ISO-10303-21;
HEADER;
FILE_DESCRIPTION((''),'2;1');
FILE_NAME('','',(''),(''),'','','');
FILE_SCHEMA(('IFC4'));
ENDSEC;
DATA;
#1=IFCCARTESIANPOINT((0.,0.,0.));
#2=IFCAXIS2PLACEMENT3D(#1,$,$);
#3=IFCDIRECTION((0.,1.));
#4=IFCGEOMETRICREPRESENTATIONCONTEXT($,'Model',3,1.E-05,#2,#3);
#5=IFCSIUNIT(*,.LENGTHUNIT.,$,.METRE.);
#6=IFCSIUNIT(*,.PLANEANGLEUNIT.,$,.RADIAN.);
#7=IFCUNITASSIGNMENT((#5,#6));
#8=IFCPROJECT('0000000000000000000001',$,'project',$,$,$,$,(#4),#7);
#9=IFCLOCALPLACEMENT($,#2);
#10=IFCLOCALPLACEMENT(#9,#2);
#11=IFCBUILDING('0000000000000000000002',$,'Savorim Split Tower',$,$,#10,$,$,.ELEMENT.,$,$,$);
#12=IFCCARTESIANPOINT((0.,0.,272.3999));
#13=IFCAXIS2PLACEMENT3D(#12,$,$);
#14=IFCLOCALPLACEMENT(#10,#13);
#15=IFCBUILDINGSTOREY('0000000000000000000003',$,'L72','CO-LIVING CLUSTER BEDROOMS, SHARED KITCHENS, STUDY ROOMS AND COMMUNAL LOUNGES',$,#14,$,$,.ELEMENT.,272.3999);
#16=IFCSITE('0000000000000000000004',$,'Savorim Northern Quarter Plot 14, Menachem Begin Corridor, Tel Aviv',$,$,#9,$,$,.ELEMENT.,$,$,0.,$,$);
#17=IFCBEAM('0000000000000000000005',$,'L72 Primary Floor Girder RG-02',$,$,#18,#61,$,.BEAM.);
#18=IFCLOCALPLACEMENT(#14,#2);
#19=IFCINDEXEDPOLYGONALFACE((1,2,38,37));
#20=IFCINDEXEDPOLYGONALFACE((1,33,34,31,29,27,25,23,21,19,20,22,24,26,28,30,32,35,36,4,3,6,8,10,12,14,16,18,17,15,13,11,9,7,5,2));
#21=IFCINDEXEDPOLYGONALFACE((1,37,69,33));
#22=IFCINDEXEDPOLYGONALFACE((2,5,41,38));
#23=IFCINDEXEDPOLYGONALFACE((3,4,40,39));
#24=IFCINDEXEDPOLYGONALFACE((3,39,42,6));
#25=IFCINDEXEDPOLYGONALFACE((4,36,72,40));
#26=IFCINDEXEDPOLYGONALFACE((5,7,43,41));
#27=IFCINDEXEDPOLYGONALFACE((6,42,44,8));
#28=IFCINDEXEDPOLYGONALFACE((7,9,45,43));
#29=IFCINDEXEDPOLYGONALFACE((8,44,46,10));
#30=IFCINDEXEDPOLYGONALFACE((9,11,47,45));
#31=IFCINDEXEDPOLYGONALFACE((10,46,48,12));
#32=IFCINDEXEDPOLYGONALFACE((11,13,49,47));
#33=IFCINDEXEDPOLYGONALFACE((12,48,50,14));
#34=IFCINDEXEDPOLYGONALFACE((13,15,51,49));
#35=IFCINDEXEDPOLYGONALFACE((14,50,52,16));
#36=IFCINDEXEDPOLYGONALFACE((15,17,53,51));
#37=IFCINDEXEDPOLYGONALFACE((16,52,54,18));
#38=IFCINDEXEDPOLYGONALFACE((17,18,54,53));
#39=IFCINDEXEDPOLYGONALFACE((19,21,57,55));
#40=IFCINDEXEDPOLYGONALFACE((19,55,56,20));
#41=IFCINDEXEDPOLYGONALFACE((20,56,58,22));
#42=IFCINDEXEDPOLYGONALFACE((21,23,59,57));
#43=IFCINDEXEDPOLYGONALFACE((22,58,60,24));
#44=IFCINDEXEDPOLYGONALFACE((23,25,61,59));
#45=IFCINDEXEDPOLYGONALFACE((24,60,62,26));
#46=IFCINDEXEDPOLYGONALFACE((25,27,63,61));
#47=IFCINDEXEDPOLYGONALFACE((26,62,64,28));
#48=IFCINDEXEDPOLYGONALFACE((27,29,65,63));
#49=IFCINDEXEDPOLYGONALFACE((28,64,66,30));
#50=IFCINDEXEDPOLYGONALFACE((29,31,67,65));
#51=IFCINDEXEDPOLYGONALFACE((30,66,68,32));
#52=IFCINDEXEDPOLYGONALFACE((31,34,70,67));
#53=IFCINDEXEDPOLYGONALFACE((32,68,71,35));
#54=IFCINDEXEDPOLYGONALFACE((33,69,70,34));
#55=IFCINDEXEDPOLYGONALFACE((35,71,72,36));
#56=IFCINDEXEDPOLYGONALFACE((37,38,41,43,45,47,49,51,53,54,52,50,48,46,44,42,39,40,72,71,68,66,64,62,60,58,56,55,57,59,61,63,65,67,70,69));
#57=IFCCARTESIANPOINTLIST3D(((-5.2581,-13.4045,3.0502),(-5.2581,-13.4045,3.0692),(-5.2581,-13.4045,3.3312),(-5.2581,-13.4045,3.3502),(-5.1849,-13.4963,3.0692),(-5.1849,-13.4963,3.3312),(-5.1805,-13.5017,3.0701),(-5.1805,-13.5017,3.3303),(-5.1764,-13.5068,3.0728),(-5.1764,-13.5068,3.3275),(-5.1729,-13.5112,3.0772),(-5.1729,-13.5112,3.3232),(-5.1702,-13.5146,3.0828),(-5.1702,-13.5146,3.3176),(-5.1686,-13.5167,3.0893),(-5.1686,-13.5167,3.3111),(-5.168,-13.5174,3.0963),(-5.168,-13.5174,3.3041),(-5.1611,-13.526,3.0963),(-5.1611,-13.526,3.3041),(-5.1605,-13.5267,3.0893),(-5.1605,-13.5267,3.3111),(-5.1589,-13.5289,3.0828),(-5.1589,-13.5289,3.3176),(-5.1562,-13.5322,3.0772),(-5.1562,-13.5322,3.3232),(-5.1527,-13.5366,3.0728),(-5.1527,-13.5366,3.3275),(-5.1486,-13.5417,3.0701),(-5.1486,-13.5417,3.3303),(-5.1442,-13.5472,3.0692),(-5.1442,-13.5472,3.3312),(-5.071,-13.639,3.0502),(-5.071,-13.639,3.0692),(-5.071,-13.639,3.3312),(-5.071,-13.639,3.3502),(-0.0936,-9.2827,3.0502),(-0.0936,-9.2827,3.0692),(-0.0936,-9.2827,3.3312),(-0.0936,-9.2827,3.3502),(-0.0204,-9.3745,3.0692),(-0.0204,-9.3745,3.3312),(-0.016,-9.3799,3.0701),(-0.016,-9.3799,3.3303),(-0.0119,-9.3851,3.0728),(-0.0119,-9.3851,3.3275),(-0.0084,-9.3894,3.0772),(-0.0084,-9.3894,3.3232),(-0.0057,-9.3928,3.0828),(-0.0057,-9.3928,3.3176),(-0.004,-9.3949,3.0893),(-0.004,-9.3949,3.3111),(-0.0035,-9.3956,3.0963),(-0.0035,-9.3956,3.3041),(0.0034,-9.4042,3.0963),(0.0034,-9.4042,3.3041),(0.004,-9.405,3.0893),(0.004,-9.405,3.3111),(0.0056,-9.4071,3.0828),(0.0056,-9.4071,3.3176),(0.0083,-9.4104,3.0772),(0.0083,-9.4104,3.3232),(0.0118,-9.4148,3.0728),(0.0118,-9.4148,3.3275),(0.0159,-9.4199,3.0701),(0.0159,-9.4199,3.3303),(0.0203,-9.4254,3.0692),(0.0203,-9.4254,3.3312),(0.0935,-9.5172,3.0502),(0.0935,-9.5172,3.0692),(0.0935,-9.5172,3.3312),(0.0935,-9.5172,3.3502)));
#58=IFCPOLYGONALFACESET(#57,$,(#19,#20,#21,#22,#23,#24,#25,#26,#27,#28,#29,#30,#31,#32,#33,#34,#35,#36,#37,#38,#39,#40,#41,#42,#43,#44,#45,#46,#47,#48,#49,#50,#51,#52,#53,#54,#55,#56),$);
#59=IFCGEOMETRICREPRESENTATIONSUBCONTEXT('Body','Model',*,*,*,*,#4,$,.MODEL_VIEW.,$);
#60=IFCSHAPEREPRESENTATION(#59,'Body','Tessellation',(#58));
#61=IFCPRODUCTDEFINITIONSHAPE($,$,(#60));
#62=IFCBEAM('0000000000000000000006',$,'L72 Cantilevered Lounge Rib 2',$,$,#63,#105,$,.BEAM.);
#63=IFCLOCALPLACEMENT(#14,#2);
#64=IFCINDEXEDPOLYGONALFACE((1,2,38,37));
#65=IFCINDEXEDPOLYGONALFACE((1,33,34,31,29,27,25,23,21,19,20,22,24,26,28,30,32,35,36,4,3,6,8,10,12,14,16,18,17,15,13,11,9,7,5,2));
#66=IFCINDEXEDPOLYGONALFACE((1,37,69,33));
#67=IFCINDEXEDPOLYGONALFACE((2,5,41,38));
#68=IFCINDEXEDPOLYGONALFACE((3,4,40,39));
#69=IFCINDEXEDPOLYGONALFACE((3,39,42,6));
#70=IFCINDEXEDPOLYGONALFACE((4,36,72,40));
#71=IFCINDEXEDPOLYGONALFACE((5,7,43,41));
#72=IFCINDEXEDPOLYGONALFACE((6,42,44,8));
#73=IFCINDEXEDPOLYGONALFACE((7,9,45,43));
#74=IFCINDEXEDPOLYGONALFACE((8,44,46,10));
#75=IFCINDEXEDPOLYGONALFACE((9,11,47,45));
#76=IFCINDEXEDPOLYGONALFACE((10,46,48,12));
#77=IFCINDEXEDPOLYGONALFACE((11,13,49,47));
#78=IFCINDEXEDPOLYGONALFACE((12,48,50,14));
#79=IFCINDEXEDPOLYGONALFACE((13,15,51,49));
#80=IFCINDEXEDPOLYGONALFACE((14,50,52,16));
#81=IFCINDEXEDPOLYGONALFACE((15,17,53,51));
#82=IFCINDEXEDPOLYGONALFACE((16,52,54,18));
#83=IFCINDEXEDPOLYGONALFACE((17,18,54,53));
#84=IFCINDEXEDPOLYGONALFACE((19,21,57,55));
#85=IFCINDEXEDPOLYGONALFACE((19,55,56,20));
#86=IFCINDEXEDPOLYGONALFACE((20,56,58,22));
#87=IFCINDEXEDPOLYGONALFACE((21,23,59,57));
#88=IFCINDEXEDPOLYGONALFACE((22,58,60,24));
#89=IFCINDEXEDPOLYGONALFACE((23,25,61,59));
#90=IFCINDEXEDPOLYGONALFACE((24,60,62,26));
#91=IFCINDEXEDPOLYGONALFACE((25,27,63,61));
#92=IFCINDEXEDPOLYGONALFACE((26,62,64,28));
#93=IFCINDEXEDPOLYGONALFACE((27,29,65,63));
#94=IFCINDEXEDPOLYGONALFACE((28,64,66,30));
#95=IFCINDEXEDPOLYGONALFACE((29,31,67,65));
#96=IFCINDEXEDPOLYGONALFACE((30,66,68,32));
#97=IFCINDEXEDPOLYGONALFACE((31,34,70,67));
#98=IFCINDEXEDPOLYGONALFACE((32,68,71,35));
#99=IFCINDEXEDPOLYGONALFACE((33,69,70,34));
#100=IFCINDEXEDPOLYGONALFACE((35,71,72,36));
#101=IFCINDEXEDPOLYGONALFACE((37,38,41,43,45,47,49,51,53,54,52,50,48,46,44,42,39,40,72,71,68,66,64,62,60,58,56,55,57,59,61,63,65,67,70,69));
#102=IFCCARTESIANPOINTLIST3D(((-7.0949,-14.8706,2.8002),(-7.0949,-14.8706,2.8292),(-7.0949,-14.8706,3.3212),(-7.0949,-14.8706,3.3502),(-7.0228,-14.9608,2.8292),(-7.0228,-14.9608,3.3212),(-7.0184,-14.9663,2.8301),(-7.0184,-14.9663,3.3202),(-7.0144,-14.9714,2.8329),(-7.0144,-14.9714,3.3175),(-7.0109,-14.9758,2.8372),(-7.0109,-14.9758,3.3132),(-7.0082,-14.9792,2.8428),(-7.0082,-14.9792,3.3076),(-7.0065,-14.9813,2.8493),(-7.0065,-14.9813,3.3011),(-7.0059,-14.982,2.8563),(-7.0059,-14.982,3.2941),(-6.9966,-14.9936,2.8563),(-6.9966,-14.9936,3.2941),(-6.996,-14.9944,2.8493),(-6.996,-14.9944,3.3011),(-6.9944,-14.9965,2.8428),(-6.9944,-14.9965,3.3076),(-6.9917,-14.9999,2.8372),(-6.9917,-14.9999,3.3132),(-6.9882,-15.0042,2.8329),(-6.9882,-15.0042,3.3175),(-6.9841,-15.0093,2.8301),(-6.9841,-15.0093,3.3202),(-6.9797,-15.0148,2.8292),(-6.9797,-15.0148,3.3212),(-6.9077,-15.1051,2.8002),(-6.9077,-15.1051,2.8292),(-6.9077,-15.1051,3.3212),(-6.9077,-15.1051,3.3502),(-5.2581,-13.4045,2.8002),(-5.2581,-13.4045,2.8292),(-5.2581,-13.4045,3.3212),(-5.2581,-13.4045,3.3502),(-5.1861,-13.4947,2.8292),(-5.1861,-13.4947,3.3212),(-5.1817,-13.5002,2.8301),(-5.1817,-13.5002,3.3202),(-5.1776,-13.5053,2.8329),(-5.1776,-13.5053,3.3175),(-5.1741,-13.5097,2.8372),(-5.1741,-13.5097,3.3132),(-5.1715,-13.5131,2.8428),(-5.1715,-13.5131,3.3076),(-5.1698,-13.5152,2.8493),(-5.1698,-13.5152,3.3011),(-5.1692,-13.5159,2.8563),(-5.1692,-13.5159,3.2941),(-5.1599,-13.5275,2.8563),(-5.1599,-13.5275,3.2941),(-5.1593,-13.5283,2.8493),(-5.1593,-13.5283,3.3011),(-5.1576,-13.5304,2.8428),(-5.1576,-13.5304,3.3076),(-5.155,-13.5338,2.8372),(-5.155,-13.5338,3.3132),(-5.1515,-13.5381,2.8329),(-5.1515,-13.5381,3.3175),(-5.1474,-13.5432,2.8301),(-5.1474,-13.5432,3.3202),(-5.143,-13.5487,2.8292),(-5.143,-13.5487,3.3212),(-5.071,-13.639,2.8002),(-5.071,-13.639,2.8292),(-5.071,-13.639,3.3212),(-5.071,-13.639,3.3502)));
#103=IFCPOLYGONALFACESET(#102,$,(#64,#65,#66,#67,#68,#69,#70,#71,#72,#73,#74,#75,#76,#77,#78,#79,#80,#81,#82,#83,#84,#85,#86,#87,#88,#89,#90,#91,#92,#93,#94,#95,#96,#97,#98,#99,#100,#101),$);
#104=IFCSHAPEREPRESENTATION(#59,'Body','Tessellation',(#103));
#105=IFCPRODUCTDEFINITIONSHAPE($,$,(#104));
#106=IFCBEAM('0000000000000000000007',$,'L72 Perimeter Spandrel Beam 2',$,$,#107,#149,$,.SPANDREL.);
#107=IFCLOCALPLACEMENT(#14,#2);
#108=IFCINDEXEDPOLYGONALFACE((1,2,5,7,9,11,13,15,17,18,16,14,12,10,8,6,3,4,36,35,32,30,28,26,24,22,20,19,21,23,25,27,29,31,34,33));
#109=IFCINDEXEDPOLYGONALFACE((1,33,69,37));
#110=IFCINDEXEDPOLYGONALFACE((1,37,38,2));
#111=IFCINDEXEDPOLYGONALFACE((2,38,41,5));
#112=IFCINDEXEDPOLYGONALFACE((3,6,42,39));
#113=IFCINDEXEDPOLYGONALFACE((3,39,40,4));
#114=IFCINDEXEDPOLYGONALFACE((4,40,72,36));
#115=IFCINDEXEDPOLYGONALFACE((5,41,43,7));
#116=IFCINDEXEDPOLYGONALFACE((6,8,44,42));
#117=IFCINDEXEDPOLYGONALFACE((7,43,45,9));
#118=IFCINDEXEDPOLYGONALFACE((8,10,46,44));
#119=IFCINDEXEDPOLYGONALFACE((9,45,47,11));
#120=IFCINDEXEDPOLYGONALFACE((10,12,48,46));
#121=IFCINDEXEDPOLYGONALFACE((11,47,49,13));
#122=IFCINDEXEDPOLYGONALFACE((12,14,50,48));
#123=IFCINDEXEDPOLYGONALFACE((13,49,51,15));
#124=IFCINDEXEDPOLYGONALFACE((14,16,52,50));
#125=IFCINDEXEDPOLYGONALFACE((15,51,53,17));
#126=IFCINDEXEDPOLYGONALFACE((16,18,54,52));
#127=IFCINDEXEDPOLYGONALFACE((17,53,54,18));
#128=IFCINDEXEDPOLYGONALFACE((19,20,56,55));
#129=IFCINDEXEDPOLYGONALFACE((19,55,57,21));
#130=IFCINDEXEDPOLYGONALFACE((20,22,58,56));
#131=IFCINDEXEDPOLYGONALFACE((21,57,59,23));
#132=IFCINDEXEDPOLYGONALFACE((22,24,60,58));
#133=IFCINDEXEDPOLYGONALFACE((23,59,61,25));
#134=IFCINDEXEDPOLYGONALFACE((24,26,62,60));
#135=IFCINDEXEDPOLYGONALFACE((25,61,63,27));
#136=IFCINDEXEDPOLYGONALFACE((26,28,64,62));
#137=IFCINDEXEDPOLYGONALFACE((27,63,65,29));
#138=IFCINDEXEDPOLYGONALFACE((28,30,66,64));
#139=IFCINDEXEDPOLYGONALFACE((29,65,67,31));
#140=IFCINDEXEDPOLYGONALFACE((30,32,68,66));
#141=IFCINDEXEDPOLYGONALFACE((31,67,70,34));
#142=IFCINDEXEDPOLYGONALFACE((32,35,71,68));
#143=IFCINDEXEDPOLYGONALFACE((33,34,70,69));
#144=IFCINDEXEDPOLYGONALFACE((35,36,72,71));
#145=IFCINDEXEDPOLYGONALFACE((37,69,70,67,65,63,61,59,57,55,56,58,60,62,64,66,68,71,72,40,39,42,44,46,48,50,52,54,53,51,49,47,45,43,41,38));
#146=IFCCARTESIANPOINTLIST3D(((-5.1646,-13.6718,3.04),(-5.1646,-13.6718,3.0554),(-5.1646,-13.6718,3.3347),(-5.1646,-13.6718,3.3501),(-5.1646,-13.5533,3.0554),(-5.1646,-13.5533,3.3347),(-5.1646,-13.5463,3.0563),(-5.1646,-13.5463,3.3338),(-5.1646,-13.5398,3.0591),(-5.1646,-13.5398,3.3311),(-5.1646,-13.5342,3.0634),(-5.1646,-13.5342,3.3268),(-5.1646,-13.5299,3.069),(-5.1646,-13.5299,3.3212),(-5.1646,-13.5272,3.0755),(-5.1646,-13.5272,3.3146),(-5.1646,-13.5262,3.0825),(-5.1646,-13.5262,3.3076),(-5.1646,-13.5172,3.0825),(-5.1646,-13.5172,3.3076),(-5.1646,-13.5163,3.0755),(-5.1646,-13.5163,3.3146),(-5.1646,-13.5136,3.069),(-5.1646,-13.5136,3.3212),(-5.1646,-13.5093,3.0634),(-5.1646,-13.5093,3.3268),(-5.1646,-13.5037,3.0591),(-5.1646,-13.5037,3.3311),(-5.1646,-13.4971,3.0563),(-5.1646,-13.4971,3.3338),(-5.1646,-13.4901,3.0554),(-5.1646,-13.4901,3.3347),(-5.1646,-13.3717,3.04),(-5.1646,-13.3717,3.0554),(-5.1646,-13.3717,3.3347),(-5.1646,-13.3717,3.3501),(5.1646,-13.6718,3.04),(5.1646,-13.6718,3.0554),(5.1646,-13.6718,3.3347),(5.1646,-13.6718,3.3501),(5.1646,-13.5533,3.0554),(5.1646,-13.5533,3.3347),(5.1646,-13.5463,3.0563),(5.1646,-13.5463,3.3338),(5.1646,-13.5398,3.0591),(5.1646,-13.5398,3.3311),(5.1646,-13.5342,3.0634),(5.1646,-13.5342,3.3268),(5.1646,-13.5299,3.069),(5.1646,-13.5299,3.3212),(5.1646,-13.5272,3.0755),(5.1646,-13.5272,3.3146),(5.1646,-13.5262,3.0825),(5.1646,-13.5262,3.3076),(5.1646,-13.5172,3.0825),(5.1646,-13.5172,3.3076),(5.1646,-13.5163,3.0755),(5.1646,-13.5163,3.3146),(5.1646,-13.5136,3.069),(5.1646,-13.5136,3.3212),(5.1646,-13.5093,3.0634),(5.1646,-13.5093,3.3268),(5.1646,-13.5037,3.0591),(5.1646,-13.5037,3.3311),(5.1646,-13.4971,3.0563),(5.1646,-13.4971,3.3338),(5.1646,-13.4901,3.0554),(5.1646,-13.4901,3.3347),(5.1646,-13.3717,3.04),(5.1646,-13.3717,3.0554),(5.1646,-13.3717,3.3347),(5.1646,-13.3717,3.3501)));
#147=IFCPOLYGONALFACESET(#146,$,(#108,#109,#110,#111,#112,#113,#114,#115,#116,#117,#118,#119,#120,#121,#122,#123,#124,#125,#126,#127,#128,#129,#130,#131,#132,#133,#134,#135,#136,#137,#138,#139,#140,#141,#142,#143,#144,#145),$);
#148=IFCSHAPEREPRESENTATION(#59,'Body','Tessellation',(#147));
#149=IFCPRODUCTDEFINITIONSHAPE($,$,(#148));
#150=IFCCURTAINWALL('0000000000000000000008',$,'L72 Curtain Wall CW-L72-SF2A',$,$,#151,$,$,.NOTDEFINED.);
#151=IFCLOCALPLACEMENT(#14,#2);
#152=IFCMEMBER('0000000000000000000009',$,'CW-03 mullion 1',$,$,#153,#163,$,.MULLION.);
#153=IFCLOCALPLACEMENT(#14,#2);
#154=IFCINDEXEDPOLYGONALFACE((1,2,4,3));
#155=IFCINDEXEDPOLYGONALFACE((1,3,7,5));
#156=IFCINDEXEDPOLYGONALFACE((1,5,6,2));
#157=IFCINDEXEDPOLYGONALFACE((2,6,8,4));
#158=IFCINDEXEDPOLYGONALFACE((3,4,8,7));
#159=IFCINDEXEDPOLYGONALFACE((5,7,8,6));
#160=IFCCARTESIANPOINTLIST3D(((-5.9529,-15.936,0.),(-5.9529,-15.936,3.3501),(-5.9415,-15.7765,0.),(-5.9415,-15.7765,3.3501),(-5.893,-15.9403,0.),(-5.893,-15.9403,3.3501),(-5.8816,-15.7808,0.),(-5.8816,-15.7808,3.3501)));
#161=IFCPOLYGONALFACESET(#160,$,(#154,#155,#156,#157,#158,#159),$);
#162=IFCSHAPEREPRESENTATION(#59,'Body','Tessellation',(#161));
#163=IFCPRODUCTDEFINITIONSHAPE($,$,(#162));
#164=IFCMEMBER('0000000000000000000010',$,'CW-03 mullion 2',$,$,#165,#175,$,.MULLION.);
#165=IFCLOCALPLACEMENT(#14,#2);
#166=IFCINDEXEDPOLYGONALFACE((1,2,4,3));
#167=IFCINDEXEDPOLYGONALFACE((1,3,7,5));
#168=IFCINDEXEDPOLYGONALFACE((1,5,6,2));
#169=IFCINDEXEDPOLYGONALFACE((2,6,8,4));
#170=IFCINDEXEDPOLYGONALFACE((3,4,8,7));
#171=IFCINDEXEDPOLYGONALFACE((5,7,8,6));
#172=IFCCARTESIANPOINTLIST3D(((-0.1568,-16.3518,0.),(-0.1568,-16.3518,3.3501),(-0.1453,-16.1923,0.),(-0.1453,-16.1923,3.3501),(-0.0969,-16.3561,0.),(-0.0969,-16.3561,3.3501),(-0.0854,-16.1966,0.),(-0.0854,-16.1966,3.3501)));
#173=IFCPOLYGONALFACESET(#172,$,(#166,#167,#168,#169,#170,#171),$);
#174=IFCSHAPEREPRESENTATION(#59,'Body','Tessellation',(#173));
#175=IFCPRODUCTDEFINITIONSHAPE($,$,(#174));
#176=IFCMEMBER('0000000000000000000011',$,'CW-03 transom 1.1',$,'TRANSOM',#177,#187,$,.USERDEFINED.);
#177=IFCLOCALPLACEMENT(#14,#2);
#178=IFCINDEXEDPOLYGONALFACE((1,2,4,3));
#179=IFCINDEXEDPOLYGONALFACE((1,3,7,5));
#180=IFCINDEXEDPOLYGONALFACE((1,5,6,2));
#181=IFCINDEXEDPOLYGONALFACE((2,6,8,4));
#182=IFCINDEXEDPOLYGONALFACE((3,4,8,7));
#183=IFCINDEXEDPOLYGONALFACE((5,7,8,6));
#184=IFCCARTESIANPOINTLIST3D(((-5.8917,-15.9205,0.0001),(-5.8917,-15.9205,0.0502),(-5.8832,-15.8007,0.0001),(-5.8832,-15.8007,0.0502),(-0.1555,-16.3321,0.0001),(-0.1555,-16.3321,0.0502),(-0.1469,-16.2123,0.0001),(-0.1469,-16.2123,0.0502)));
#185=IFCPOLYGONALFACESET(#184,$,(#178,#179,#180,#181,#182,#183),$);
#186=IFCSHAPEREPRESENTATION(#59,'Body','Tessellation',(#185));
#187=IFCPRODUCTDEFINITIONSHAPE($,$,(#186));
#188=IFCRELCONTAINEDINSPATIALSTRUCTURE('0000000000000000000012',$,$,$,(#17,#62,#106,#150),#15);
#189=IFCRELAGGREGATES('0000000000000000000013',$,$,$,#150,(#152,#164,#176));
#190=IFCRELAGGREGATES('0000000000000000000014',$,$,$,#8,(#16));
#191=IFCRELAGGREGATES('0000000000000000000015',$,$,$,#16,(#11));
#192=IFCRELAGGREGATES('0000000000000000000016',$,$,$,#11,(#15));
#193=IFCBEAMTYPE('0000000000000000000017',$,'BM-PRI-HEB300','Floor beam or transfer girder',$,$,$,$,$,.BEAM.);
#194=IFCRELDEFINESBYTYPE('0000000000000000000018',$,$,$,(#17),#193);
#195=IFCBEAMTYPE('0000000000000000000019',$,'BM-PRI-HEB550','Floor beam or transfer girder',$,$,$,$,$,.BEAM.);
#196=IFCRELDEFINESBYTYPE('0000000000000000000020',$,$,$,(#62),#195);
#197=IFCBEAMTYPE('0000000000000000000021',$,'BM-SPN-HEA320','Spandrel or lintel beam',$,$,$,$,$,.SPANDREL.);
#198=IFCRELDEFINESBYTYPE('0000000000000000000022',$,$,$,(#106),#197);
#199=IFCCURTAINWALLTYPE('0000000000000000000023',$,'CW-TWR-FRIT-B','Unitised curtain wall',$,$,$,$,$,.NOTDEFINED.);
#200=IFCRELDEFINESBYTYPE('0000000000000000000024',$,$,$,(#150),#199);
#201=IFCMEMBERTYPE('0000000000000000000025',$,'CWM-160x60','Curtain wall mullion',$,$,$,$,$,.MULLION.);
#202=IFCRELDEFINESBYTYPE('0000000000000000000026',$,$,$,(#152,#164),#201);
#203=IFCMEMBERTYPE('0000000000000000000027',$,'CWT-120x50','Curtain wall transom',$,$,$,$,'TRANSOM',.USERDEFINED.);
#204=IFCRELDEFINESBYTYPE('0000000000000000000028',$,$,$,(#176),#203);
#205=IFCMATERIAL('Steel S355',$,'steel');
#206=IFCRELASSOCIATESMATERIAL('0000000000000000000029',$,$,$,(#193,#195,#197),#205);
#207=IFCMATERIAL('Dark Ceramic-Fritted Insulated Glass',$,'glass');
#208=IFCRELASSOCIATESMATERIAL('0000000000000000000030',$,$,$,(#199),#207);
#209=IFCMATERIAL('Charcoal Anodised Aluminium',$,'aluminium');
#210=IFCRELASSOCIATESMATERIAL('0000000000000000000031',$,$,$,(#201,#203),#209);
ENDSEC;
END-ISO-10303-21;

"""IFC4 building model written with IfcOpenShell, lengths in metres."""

from ifc_helpers import new_model, si_unit, direction, frame, origin, origin_2d, place, context, subcontext, project, spatial, rectangle, i_section, extrude, material, material_profile, profile_set, type_object, element, aggregate, save


model = new_model("IFC4")

# Units and contexts
model_context = context("Model", 3, precision=1e-05, world=origin(), true_north=direction((0.0, 1.0)))
body_context = subcontext(model_context, "Body", "Model", "MODEL_VIEW")
ifc_project = project(units=[si_unit("LENGTHUNIT", "METRE"), si_unit("PLANEANGLEUNIT", "RADIAN")], contexts=[model_context])

# Site, building, storey
site_placement = place(None, origin())
site = spatial("IfcSite", under=ifc_project, at=site_placement, Name="Savorim Northern Quarter Plot 14, Menachem Begin Corridor, Tel Aviv", CompositionType="ELEMENT", RefElevation=0.0)
building_placement = place(site_placement, origin())
building = spatial("IfcBuilding", under=site, at=building_placement, Name="Savorim Split Tower", CompositionType="ELEMENT")
storey_placement = place(building_placement, frame((0.0, 0.0, 272.3999)))
storey = spatial("IfcBuildingStorey", under=building, at=storey_placement, Name="L72", Description="CO-LIVING CLUSTER BEDROOMS, SHARED KITCHENS, STUDY ROOMS AND COMMUNAL LOUNGES", CompositionType="ELEMENT", Elevation=272.3999)

# Shared definitions
ifc_material_1 = material(Name="Steel S355", Category="steel")

# Beams
ifc_material_profile_1 = material_profile(ifc_material_1, i_section(OverallWidth=0.3, OverallDepth=0.3, WebThickness=0.011, FlangeThickness=0.019, FilletRadius=0.0271, at=origin_2d()), Name="HEB 300")
ifc_profile_set_1 = profile_set([ifc_material_profile_1], Name="Steel S355")
beam_type_1 = type_object("IfcBeamType", Name="BM-PRI-HEB300", Description="Floor beam or transfer girder", PredefinedType="BEAM", material=ifc_profile_set_1)
beam_1_placement = place(storey_placement, frame((-5.1646, -13.5217, 3.2002), z_axis=(0.781593, 0.623789, 0.0), x_axis=(-0.623789, 0.781593, 0.0)))
element("IfcBeam", 1, at=beam_1_placement, inside=storey, type_object=beam_type_1, Name="L72 Primary Floor Girder RG-02", PredefinedType="BEAM", context=body_context, shape_type="SweptSolid", body=[
    extrude(i_section(OverallWidth=0.3, OverallDepth=0.3, WebThickness=0.011, FlangeThickness=0.019, FilletRadius=0.0271, at=origin_2d()), origin(), (0.0, 0.0, 1.0), 6.6077),
])
ifc_material_profile_2 = material_profile(ifc_material_1, i_section(OverallWidth=0.3, OverallDepth=0.55, WebThickness=0.0149, FlangeThickness=0.0291, FilletRadius=0.0271, at=origin_2d()), Name="HEB 550")
ifc_profile_set_2 = profile_set([ifc_material_profile_2], Name="Steel S355")
beam_type_2 = type_object("IfcBeamType", Name="BM-PRI-HEB550", Description="Floor beam or transfer girder", PredefinedType="BEAM", material=ifc_profile_set_2)
beam_2_placement = place(storey_placement, frame((-5.1646, -13.5217, 3.0752), z_axis=(-0.781547, -0.623846, 0.0), x_axis=(0.623846, -0.781547, 0.0)))
element("IfcBeam", 2, at=beam_2_placement, inside=storey, type_object=beam_type_2, Name="L72 Cantilevered Lounge Rib 2", PredefinedType="BEAM", context=body_context, shape_type="SweptSolid", body=[
    extrude(i_section(OverallWidth=0.3, OverallDepth=0.55, WebThickness=0.0149, FlangeThickness=0.0291, FilletRadius=0.0271, at=origin_2d()), origin(), (0.0, 0.0, 1.0), 2.3501),
])
ifc_material_profile_3 = material_profile(ifc_material_1, i_section(OverallWidth=0.3, OverallDepth=0.3101, WebThickness=0.009, FlangeThickness=0.0154, FilletRadius=0.0271, at=origin_2d()), Name="HEA 320")
ifc_profile_set_3 = profile_set([ifc_material_profile_3], Name="Steel S355")
beam_type_3 = type_object("IfcBeamType", Name="BM-SPN-HEA320", Description="Spandrel or lintel beam", PredefinedType="SPANDREL", material=ifc_profile_set_3)
beam_3_placement = place(storey_placement, frame((-5.1646, -13.5217, 3.1951), z_axis=(1.0, 0.0, 0.0), x_axis=(0.0, 1.0, 0.0)))
element("IfcBeam", 3, at=beam_3_placement, inside=storey, type_object=beam_type_3, Name="L72 Perimeter Spandrel Beam 2", PredefinedType="SPANDREL", context=body_context, shape_type="SweptSolid", body=[
    extrude(i_section(OverallWidth=0.3, OverallDepth=0.3101, WebThickness=0.009, FlangeThickness=0.0154, FilletRadius=0.0271, at=origin_2d()), origin(), (0.0, 0.0, 1.0), 10.3291),
])

# Curtain wall, members
ifc_material_2 = material(Name="Dark Ceramic-Fritted Insulated Glass", Category="glass")
curtain_wall_type = type_object("IfcCurtainWallType", Name="CW-TWR-FRIT-B", Description="Unitised curtain wall", PredefinedType="NOTDEFINED", material=ifc_material_2)
curtain_wall_placement = place(storey_placement, origin())
curtain_wall = element("IfcCurtainWall", 4, at=curtain_wall_placement, inside=storey, type_object=curtain_wall_type, Name="L72 Curtain Wall CW-L72-SF2A", PredefinedType="NOTDEFINED")
ifc_material_3 = material(Name="Charcoal Anodised Aluminium", Category="aluminium")
ifc_material_profile_4 = material_profile(ifc_material_3, rectangle(XDim=0.1599, YDim=0.0601, at=origin_2d()), Name="ALU-M 160x60")
ifc_profile_set_4 = profile_set([ifc_material_profile_4], Name="Charcoal Anodised Aluminium")
member_type_1 = type_object("IfcMemberType", Name="CWM-160x60", Description="Curtain wall mullion", PredefinedType="MULLION", material=ifc_profile_set_4)
member_1_placement = place(storey_placement, frame((-5.9172, -15.8584, 0.0), z_axis=(0.0, 0.0, 1.0), x_axis=(0.071571, 0.997435, 0.0)))
member_1 = element("IfcMember", 5, at=member_1_placement, type_object=member_type_1, Name="CW-03 mullion 1", PredefinedType="MULLION", context=body_context, shape_type="SweptSolid", body=[
    extrude(rectangle(XDim=0.1599, YDim=0.0601, at=origin_2d()), origin(), (0.0, 0.0, 1.0), 3.3501),
])
member_2_placement = place(storey_placement, frame((-0.1211, -16.2742, 0.0), z_axis=(0.0, 0.0, 1.0), x_axis=(0.071571, 0.997435, 0.0)))
member_2 = element("IfcMember", 6, at=member_2_placement, type_object=member_type_1, Name="CW-03 mullion 2", PredefinedType="MULLION", context=body_context, shape_type="SweptSolid", body=[
    extrude(rectangle(XDim=0.1599, YDim=0.0601, at=origin_2d()), origin(), (0.0, 0.0, 1.0), 3.3501),
])
ifc_material_profile_5 = material_profile(ifc_material_3, rectangle(XDim=0.1201, YDim=0.05, at=origin_2d()), Name="ALU-T 120x50")
ifc_profile_set_5 = profile_set([ifc_material_profile_5], Name="Charcoal Anodised Aluminium")
member_type_2 = type_object("IfcMemberType", Name="CWT-120x50", Description="Curtain wall transom", ElementType="TRANSOM", PredefinedType="USERDEFINED", material=ifc_profile_set_5)
member_3_placement = place(storey_placement, frame((-5.8875, -15.8606, 0.0251), z_axis=(0.997435, -0.071573, 0.0), x_axis=(0.071573, 0.997435, 0.0)))
member_3 = element("IfcMember", 7, at=member_3_placement, type_object=member_type_2, Name="CW-03 transom 1.1", ObjectType="TRANSOM", PredefinedType="USERDEFINED", context=body_context, shape_type="SweptSolid", body=[
    extrude(rectangle(XDim=0.1201, YDim=0.05, at=origin_2d()), origin(), (0.0, 0.0, 1.0), 5.751),
])

aggregate(curtain_wall, [member_1, member_2, member_3])

save(model, "model.ifc")
